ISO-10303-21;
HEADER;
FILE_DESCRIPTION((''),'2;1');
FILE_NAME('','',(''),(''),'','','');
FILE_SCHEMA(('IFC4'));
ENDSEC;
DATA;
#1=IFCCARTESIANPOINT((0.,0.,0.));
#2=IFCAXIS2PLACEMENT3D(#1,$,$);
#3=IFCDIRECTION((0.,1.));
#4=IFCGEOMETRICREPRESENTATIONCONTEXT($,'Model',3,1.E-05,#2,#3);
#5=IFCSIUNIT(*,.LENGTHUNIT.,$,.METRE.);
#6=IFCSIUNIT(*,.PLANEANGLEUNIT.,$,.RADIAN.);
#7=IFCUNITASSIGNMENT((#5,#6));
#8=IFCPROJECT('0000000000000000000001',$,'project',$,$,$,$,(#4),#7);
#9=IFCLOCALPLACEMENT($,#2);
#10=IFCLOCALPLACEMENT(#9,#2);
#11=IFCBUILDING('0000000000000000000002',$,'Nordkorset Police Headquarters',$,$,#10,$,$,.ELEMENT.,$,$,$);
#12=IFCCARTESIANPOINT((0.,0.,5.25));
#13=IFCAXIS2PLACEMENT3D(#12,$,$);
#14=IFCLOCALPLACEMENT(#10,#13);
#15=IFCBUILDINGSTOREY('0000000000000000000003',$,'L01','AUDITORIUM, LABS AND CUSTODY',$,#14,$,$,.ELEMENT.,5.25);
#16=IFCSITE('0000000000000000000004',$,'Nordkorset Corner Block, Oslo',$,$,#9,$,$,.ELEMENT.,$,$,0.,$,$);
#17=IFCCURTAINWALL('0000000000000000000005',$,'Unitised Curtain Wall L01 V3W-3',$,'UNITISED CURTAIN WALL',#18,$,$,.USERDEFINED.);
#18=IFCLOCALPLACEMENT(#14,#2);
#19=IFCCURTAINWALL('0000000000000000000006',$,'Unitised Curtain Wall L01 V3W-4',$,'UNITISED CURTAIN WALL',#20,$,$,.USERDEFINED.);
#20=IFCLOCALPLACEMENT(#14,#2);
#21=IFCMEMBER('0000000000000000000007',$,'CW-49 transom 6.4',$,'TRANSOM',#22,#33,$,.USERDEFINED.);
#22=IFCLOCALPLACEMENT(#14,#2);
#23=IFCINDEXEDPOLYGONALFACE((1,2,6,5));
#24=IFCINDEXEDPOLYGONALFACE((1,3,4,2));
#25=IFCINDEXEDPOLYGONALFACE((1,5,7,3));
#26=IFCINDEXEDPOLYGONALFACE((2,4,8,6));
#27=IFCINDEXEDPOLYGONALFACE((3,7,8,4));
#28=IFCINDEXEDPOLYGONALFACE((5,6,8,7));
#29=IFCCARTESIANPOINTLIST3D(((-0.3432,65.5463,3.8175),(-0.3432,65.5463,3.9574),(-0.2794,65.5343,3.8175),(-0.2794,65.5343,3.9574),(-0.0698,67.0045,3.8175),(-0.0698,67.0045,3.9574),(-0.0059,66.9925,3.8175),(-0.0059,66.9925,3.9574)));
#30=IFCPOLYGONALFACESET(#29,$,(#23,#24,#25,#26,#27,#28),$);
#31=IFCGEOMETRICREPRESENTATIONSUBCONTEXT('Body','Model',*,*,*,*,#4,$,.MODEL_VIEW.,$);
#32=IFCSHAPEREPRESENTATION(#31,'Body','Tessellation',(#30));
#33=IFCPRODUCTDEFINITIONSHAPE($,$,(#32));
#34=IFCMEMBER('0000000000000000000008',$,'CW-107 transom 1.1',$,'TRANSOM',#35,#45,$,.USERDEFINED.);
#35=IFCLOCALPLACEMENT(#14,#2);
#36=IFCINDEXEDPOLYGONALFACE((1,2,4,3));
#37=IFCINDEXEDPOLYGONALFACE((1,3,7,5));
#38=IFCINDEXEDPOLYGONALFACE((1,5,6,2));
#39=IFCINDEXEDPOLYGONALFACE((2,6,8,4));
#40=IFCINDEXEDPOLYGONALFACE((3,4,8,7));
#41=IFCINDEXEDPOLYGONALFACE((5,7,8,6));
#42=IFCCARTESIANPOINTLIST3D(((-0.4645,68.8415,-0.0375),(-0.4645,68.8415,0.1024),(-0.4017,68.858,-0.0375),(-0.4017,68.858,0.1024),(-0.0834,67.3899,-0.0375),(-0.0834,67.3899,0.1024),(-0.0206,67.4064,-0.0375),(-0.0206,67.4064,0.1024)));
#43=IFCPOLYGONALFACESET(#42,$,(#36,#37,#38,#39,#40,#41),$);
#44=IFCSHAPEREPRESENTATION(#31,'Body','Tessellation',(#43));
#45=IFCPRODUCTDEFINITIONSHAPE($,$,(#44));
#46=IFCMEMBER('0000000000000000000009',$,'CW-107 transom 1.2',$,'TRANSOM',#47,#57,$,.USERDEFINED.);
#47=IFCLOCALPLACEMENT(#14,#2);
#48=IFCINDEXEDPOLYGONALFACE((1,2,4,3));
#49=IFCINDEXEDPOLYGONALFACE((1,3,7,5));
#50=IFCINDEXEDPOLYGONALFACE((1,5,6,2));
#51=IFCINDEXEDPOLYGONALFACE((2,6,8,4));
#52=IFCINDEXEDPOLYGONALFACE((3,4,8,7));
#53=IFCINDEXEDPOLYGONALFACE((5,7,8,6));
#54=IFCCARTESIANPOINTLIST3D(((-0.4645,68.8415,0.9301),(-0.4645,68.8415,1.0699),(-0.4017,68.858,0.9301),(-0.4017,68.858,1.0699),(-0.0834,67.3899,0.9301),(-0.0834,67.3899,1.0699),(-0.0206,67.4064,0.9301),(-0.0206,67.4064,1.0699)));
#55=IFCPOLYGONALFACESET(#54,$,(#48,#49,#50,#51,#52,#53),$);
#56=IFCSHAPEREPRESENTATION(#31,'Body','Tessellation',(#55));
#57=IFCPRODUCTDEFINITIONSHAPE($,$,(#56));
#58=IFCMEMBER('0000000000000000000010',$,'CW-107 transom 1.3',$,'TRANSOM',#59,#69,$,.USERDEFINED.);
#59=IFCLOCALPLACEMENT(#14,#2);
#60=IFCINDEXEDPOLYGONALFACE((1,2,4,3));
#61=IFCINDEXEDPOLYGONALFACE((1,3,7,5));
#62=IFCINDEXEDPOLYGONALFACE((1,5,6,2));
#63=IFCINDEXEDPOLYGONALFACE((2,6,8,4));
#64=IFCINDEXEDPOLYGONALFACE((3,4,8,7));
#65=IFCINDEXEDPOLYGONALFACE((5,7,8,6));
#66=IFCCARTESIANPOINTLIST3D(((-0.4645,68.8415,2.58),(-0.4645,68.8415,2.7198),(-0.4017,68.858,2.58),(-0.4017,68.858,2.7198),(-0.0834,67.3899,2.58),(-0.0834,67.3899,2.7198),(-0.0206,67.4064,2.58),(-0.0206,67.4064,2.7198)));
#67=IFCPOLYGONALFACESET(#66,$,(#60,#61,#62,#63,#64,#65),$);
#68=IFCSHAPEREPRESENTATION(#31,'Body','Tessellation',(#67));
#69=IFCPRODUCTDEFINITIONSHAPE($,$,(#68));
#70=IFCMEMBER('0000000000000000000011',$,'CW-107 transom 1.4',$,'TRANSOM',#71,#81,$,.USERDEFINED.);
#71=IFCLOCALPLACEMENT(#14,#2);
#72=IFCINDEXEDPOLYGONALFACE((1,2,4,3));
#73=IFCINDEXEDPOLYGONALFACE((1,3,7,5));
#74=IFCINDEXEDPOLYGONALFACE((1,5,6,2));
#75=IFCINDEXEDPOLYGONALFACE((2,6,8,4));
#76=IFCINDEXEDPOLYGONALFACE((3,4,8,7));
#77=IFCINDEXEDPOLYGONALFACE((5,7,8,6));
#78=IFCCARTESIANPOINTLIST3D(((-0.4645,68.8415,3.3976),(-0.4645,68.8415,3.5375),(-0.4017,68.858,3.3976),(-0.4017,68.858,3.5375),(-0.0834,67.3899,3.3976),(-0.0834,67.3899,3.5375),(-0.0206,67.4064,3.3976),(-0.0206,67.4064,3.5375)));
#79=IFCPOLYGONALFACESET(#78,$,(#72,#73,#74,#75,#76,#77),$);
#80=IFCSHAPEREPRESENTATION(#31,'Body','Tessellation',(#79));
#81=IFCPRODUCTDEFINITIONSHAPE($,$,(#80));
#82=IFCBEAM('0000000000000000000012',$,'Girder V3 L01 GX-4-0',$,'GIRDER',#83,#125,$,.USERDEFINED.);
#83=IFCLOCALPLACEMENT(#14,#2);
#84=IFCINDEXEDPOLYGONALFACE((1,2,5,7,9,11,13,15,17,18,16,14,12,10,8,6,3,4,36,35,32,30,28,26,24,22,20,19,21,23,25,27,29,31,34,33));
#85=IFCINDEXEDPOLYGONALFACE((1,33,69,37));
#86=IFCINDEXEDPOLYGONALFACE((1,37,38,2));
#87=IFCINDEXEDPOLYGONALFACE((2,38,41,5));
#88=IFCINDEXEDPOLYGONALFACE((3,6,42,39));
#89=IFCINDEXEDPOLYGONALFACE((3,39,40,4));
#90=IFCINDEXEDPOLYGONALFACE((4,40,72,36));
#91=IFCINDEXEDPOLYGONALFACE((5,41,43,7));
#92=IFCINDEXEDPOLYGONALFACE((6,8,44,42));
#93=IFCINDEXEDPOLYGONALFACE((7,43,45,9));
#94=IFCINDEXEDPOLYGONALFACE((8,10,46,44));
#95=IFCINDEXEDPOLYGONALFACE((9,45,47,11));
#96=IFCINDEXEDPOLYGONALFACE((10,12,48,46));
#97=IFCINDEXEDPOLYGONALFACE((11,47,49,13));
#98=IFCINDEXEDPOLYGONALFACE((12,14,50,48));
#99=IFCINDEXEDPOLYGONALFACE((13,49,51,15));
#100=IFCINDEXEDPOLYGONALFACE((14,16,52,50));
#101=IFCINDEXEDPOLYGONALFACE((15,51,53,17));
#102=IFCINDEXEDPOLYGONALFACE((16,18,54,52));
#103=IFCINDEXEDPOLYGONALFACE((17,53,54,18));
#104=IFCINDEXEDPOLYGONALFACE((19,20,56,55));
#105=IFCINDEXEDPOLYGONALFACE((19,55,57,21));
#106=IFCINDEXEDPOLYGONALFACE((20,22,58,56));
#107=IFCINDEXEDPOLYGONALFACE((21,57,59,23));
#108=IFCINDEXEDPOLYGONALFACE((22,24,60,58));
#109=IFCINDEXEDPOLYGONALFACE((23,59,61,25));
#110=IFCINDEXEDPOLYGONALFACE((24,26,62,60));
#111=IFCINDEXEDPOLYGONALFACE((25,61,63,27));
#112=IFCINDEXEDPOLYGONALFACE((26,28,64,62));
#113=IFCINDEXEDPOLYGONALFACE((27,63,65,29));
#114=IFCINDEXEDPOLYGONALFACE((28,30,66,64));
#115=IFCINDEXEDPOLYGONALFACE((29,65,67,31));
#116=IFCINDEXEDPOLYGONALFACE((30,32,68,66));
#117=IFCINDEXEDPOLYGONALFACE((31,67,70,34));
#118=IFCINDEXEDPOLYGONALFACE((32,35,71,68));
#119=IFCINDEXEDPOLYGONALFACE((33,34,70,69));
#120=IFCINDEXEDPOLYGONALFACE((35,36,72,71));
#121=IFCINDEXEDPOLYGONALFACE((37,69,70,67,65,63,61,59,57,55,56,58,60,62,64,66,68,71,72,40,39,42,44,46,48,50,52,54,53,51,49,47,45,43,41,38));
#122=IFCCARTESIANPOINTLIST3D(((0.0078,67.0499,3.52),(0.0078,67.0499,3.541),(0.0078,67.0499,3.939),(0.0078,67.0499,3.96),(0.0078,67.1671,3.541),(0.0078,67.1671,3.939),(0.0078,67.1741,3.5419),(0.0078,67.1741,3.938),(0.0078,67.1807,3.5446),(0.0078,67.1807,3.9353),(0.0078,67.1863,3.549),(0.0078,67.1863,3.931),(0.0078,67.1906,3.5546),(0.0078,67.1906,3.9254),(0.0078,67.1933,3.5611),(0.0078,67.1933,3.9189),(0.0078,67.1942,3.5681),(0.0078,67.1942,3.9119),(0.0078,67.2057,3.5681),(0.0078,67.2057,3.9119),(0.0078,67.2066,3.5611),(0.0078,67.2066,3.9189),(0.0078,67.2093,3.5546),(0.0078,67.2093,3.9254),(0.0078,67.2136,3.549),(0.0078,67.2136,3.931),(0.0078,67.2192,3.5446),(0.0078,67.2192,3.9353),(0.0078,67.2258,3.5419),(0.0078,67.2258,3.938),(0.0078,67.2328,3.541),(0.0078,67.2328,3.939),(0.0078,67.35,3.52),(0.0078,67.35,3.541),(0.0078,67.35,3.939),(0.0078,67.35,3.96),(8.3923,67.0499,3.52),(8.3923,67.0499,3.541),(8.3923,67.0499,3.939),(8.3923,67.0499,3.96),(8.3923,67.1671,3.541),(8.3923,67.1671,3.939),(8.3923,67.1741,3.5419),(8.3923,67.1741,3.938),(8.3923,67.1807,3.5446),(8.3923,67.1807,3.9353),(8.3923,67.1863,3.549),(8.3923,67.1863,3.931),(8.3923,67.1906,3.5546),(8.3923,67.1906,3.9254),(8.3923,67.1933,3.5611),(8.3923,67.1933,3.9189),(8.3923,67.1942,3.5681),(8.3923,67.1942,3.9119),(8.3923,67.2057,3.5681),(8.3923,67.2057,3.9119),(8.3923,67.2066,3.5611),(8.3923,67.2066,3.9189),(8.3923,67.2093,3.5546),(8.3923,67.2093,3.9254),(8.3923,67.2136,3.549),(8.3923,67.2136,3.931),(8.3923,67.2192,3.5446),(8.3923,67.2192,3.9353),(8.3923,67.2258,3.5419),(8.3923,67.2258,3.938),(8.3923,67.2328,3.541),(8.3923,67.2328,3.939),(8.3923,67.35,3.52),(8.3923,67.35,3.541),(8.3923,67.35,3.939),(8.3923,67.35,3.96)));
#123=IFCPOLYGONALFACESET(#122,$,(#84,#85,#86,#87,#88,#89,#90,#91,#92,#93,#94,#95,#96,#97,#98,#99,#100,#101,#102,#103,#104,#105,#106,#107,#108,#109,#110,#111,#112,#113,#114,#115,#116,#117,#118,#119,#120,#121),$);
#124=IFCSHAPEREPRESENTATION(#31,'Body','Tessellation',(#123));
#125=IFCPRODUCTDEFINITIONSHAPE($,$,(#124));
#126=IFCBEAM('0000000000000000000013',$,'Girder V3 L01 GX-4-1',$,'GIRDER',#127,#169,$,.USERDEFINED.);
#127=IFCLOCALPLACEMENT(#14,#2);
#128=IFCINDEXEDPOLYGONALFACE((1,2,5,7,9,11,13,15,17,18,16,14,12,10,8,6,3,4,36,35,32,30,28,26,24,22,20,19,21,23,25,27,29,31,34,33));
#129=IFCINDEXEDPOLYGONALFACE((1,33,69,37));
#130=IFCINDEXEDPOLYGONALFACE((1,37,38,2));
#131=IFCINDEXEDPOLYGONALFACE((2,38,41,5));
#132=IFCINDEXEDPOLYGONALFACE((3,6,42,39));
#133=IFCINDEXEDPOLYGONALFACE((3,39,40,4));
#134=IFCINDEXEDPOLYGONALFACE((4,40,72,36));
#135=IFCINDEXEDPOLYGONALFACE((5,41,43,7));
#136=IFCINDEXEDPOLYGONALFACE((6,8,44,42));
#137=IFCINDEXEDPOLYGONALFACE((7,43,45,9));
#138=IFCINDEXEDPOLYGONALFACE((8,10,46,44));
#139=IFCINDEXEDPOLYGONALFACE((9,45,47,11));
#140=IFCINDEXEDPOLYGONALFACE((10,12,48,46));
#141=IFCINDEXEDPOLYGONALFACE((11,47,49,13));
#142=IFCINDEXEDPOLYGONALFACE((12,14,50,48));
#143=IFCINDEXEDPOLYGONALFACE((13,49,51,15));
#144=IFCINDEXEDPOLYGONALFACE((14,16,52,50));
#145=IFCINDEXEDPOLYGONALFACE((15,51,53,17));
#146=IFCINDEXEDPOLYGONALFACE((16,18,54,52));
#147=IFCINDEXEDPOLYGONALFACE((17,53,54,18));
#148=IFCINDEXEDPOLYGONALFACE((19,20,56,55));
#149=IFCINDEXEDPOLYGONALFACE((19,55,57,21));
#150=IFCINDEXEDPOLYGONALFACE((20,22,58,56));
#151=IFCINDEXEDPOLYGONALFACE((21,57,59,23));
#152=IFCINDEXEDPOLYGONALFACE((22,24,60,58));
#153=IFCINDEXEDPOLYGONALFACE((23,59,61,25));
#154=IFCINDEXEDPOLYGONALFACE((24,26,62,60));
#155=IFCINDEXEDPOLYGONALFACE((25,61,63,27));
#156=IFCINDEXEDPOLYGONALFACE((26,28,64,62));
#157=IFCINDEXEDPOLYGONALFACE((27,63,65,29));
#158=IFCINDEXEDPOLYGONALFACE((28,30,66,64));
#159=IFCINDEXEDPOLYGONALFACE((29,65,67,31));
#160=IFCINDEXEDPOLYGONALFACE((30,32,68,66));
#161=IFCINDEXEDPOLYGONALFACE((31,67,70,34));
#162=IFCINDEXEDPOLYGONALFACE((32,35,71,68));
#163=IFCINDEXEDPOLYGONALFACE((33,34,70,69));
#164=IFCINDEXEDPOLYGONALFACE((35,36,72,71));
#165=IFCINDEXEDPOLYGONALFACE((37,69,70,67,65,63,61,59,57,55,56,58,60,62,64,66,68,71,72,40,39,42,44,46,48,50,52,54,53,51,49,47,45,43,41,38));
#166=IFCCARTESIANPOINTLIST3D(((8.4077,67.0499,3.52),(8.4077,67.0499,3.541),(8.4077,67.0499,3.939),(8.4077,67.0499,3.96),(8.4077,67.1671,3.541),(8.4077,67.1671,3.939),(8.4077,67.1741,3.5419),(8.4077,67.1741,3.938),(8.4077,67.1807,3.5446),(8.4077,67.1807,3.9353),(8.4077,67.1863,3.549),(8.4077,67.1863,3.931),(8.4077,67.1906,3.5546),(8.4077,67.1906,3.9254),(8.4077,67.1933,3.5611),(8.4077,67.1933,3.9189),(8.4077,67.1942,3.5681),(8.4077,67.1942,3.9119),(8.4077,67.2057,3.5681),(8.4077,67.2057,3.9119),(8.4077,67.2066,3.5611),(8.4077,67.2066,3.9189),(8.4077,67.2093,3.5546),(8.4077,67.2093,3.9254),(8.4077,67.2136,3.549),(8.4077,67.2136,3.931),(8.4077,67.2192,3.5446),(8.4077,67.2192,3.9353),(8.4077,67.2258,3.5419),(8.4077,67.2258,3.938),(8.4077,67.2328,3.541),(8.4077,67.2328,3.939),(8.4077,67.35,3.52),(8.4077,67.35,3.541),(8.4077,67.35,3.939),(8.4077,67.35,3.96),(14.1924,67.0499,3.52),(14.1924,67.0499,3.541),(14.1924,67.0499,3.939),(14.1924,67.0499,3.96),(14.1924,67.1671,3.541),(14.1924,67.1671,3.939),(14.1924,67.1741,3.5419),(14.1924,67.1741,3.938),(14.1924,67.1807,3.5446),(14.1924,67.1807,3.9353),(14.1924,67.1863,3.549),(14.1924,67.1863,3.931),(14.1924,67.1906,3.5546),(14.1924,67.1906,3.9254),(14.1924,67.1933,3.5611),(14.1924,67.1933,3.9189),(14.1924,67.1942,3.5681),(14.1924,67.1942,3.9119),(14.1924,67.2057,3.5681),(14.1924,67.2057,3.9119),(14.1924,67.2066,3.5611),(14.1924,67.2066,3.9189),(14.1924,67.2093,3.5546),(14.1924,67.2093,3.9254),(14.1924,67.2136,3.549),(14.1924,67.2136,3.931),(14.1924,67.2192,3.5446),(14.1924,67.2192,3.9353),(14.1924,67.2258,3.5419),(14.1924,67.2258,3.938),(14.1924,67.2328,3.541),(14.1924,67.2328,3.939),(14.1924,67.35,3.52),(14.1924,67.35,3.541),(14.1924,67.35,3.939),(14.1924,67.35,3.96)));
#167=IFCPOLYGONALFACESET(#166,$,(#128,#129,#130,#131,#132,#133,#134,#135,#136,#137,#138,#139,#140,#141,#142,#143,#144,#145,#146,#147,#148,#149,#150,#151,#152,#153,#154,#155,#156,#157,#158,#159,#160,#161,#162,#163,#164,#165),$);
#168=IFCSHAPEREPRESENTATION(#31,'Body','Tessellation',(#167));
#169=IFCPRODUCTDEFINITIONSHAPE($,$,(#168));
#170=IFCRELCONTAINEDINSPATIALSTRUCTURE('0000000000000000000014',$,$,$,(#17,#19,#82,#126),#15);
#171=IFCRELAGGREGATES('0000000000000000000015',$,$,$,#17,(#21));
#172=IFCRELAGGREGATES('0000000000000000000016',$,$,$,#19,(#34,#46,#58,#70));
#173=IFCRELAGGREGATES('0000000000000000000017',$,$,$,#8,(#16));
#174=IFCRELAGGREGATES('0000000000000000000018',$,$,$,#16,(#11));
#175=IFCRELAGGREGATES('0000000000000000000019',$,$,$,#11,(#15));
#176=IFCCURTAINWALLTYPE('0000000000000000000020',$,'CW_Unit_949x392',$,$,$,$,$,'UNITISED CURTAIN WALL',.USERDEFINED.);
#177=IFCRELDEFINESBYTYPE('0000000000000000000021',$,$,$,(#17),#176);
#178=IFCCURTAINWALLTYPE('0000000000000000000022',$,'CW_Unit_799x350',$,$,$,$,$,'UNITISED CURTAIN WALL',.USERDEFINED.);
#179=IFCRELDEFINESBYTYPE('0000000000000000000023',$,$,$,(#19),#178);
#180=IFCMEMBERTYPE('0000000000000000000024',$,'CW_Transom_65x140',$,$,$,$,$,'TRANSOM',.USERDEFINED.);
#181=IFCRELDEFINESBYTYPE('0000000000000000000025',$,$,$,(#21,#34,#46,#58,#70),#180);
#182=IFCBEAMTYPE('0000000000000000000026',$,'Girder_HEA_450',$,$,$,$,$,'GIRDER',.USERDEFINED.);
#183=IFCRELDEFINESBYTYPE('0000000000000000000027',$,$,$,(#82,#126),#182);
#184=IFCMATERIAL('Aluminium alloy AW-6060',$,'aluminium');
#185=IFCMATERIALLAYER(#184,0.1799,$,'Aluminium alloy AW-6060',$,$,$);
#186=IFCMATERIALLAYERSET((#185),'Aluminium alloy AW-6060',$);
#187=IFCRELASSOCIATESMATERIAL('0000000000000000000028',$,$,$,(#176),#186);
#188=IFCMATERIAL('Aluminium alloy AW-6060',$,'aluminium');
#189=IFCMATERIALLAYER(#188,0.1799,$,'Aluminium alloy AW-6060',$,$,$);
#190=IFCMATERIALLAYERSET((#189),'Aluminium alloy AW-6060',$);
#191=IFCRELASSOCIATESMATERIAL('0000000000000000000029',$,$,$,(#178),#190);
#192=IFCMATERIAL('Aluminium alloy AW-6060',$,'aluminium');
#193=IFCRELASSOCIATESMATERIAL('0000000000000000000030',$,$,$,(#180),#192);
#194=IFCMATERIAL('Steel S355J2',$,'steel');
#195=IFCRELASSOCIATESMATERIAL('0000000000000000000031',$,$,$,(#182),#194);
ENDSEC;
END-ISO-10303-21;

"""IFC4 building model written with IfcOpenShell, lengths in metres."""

from ifc_helpers import new_model, si_unit, direction, frame, origin, origin_2d, place, context, subcontext, project, spatial, rectangle, i_section, extrude, material, layer, layer_set, material_profile, profile_set, type_object, element, aggregate, save


model = new_model("IFC4")

# Units and contexts
model_context = context("Model", 3, precision=1e-05, world=origin(), true_north=direction((0.0, 1.0)))
body_context = subcontext(model_context, "Body", "Model", "MODEL_VIEW")
ifc_project = project(units=[si_unit("LENGTHUNIT", "METRE"), si_unit("PLANEANGLEUNIT", "RADIAN")], contexts=[model_context])

# Site, building, storey
site_placement = place(None, origin())
site = spatial("IfcSite", under=ifc_project, at=site_placement, Name="Nordkorset Corner Block, Oslo", CompositionType="ELEMENT", RefElevation=0.0)
building_placement = place(site_placement, origin())
building = spatial("IfcBuilding", under=site, at=building_placement, Name="Nordkorset Police Headquarters", CompositionType="ELEMENT")
storey_placement = place(building_placement, frame((0.0, 0.0, 5.25)))
storey = spatial("IfcBuildingStorey", under=building, at=storey_placement, Name="L01", Description="AUDITORIUM, LABS AND CUSTODY", CompositionType="ELEMENT", Elevation=5.25)

# Curtain walls
ifc_material_1 = material(Name="Aluminium alloy AW-6060", Category="aluminium")
ifc_layer_1 = layer(ifc_material_1, 0.1799, Name="Aluminium alloy AW-6060")
ifc_layer_set_1 = layer_set([ifc_layer_1], Name="Aluminium alloy AW-6060")
curtain_wall_type_1 = type_object("IfcCurtainWallType", Name="CW_Unit_949x392", ElementType="UNITISED CURTAIN WALL", PredefinedType="USERDEFINED", material=ifc_layer_set_1)
curtain_wall_1_placement = place(storey_placement, origin())
curtain_wall_1 = element("IfcCurtainWall", 1, at=curtain_wall_1_placement, inside=storey, type_object=curtain_wall_type_1, Name="Unitised Curtain Wall L01 V3W-3", ObjectType="UNITISED CURTAIN WALL", PredefinedType="USERDEFINED")
ifc_material_2 = material(Name="Aluminium alloy AW-6060", Category="aluminium")
ifc_layer_2 = layer(ifc_material_2, 0.1799, Name="Aluminium alloy AW-6060")
ifc_layer_set_2 = layer_set([ifc_layer_2], Name="Aluminium alloy AW-6060")
curtain_wall_type_2 = type_object("IfcCurtainWallType", Name="CW_Unit_799x350", ElementType="UNITISED CURTAIN WALL", PredefinedType="USERDEFINED", material=ifc_layer_set_2)
curtain_wall_2_placement = place(storey_placement, origin())
curtain_wall_2 = element("IfcCurtainWall", 2, at=curtain_wall_2_placement, inside=storey, type_object=curtain_wall_type_2, Name="Unitised Curtain Wall L01 V3W-4", ObjectType="UNITISED CURTAIN WALL", PredefinedType="USERDEFINED")

# Members
ifc_material_3 = material(Name="Aluminium alloy AW-6060", Category="aluminium")
ifc_material_profile_1 = material_profile(ifc_material_3, rectangle(XDim=0.0649, YDim=0.1399, at=origin_2d()), Name="ALU TRAN 65x140")
ifc_profile_set_1 = profile_set([ifc_material_profile_1], Name="Aluminium alloy AW-6060")
member_type_1 = type_object("IfcMemberType", Name="CW_Transom_65x140", ElementType="TRANSOM", PredefinedType="USERDEFINED", material=ifc_profile_set_1)
member_1_placement = place(storey_placement, frame((-0.3113, 65.5403, 3.8875), z_axis=(0.184298, 0.98287, 0.0), x_axis=(-0.98287, 0.184298, 0.0)))
member_1 = element("IfcMember", 3, at=member_1_placement, type_object=member_type_1, Name="CW-49 transom 6.4", ObjectType="TRANSOM", PredefinedType="USERDEFINED", context=body_context, shape_type="SweptSolid", body=[
    extrude(rectangle(XDim=0.0649, YDim=0.1399, at=origin_2d()), origin(), (0.0, 0.0, 1.0), 1.4836),
])
member_2_placement = place(storey_placement, frame((-0.052, 67.3982, 0.0325), z_axis=(-0.253925, 0.967224, 0.0), x_axis=(-0.967224, -0.253925, 0.0)))
member_2 = element("IfcMember", 4, at=member_2_placement, type_object=member_type_1, Name="CW-107 transom 1.1", ObjectType="TRANSOM", PredefinedType="USERDEFINED", context=body_context, shape_type="SweptSolid", body=[
    extrude(rectangle(XDim=0.0649, YDim=0.1399, at=origin_2d()), origin(), (0.0, 0.0, 1.0), 1.5007),
])
member_3_placement = place(storey_placement, frame((-0.052, 67.3982, 1.0), z_axis=(-0.253925, 0.967224, 0.0), x_axis=(-0.967224, -0.253925, 0.0)))
member_3 = element("IfcMember", 5, at=member_3_placement, type_object=member_type_1, Name="CW-107 transom 1.2", ObjectType="TRANSOM", PredefinedType="USERDEFINED", context=body_context, shape_type="SweptSolid", body=[
    extrude(rectangle(XDim=0.0649, YDim=0.1399, at=origin_2d()), origin(), (0.0, 0.0, 1.0), 1.5007),
])
member_4_placement = place(storey_placement, frame((-0.052, 67.3982, 2.6499), z_axis=(-0.253925, 0.967224, 0.0), x_axis=(-0.967224, -0.253925, 0.0)))
member_4 = element("IfcMember", 6, at=member_4_placement, type_object=member_type_1, Name="CW-107 transom 1.3", ObjectType="TRANSOM", PredefinedType="USERDEFINED", context=body_context, shape_type="SweptSolid", body=[
    extrude(rectangle(XDim=0.0649, YDim=0.1399, at=origin_2d()), origin(), (0.0, 0.0, 1.0), 1.5007),
])
member_5_placement = place(storey_placement, frame((-0.052, 67.3982, 3.4675), z_axis=(-0.253925, 0.967224, 0.0), x_axis=(-0.967224, -0.253925, 0.0)))
member_5 = element("IfcMember", 7, at=member_5_placement, type_object=member_type_1, Name="CW-107 transom 1.4", ObjectType="TRANSOM", PredefinedType="USERDEFINED", context=body_context, shape_type="SweptSolid", body=[
    extrude(rectangle(XDim=0.0649, YDim=0.1399, at=origin_2d()), origin(), (0.0, 0.0, 1.0), 1.5007),
])

# Beams
ifc_material_4 = material(Name="Steel S355J2", Category="steel")
ifc_material_profile_2 = material_profile(ifc_material_4, i_section(OverallWidth=0.3, OverallDepth=0.4399, WebThickness=0.0115, FlangeThickness=0.021, FilletRadius=0.0271, at=origin_2d()), Name="HEA 450")
ifc_profile_set_2 = profile_set([ifc_material_profile_2], Name="Steel S355J2")
beam_type_1 = type_object("IfcBeamType", Name="Girder_HEA_450", ElementType="GIRDER", PredefinedType="USERDEFINED", material=ifc_profile_set_2)
beam_1_placement = place(storey_placement, frame((0.0078, 67.2, 3.74), z_axis=(1.0, 0.0, 0.0), x_axis=(0.0, 1.0, 0.0)))
element("IfcBeam", 8, at=beam_1_placement, inside=storey, type_object=beam_type_1, Name="Girder V3 L01 GX-4-0", ObjectType="GIRDER", PredefinedType="USERDEFINED", context=body_context, shape_type="SweptSolid", body=[
    extrude(i_section(OverallWidth=0.3, OverallDepth=0.4399, WebThickness=0.0115, FlangeThickness=0.021, FilletRadius=0.0271, at=origin_2d()), origin(), (0.0, 0.0, 1.0), 8.3845),
])
beam_2_placement = place(storey_placement, frame((8.4077, 67.2, 3.74), z_axis=(1.0, 0.0, 0.0), x_axis=(0.0, 1.0, 0.0)))
element("IfcBeam", 9, at=beam_2_placement, inside=storey, type_object=beam_type_1, Name="Girder V3 L01 GX-4-1", ObjectType="GIRDER", PredefinedType="USERDEFINED", context=body_context, shape_type="SweptSolid", body=[
    extrude(i_section(OverallWidth=0.3, OverallDepth=0.4399, WebThickness=0.0115, FlangeThickness=0.021, FilletRadius=0.0271, at=origin_2d()), origin(), (0.0, 0.0, 1.0), 5.7847),
])

aggregate(curtain_wall_1, [member_1])
aggregate(curtain_wall_2, [member_2, member_3, member_4, member_5])

save(model, "model.ifc")
